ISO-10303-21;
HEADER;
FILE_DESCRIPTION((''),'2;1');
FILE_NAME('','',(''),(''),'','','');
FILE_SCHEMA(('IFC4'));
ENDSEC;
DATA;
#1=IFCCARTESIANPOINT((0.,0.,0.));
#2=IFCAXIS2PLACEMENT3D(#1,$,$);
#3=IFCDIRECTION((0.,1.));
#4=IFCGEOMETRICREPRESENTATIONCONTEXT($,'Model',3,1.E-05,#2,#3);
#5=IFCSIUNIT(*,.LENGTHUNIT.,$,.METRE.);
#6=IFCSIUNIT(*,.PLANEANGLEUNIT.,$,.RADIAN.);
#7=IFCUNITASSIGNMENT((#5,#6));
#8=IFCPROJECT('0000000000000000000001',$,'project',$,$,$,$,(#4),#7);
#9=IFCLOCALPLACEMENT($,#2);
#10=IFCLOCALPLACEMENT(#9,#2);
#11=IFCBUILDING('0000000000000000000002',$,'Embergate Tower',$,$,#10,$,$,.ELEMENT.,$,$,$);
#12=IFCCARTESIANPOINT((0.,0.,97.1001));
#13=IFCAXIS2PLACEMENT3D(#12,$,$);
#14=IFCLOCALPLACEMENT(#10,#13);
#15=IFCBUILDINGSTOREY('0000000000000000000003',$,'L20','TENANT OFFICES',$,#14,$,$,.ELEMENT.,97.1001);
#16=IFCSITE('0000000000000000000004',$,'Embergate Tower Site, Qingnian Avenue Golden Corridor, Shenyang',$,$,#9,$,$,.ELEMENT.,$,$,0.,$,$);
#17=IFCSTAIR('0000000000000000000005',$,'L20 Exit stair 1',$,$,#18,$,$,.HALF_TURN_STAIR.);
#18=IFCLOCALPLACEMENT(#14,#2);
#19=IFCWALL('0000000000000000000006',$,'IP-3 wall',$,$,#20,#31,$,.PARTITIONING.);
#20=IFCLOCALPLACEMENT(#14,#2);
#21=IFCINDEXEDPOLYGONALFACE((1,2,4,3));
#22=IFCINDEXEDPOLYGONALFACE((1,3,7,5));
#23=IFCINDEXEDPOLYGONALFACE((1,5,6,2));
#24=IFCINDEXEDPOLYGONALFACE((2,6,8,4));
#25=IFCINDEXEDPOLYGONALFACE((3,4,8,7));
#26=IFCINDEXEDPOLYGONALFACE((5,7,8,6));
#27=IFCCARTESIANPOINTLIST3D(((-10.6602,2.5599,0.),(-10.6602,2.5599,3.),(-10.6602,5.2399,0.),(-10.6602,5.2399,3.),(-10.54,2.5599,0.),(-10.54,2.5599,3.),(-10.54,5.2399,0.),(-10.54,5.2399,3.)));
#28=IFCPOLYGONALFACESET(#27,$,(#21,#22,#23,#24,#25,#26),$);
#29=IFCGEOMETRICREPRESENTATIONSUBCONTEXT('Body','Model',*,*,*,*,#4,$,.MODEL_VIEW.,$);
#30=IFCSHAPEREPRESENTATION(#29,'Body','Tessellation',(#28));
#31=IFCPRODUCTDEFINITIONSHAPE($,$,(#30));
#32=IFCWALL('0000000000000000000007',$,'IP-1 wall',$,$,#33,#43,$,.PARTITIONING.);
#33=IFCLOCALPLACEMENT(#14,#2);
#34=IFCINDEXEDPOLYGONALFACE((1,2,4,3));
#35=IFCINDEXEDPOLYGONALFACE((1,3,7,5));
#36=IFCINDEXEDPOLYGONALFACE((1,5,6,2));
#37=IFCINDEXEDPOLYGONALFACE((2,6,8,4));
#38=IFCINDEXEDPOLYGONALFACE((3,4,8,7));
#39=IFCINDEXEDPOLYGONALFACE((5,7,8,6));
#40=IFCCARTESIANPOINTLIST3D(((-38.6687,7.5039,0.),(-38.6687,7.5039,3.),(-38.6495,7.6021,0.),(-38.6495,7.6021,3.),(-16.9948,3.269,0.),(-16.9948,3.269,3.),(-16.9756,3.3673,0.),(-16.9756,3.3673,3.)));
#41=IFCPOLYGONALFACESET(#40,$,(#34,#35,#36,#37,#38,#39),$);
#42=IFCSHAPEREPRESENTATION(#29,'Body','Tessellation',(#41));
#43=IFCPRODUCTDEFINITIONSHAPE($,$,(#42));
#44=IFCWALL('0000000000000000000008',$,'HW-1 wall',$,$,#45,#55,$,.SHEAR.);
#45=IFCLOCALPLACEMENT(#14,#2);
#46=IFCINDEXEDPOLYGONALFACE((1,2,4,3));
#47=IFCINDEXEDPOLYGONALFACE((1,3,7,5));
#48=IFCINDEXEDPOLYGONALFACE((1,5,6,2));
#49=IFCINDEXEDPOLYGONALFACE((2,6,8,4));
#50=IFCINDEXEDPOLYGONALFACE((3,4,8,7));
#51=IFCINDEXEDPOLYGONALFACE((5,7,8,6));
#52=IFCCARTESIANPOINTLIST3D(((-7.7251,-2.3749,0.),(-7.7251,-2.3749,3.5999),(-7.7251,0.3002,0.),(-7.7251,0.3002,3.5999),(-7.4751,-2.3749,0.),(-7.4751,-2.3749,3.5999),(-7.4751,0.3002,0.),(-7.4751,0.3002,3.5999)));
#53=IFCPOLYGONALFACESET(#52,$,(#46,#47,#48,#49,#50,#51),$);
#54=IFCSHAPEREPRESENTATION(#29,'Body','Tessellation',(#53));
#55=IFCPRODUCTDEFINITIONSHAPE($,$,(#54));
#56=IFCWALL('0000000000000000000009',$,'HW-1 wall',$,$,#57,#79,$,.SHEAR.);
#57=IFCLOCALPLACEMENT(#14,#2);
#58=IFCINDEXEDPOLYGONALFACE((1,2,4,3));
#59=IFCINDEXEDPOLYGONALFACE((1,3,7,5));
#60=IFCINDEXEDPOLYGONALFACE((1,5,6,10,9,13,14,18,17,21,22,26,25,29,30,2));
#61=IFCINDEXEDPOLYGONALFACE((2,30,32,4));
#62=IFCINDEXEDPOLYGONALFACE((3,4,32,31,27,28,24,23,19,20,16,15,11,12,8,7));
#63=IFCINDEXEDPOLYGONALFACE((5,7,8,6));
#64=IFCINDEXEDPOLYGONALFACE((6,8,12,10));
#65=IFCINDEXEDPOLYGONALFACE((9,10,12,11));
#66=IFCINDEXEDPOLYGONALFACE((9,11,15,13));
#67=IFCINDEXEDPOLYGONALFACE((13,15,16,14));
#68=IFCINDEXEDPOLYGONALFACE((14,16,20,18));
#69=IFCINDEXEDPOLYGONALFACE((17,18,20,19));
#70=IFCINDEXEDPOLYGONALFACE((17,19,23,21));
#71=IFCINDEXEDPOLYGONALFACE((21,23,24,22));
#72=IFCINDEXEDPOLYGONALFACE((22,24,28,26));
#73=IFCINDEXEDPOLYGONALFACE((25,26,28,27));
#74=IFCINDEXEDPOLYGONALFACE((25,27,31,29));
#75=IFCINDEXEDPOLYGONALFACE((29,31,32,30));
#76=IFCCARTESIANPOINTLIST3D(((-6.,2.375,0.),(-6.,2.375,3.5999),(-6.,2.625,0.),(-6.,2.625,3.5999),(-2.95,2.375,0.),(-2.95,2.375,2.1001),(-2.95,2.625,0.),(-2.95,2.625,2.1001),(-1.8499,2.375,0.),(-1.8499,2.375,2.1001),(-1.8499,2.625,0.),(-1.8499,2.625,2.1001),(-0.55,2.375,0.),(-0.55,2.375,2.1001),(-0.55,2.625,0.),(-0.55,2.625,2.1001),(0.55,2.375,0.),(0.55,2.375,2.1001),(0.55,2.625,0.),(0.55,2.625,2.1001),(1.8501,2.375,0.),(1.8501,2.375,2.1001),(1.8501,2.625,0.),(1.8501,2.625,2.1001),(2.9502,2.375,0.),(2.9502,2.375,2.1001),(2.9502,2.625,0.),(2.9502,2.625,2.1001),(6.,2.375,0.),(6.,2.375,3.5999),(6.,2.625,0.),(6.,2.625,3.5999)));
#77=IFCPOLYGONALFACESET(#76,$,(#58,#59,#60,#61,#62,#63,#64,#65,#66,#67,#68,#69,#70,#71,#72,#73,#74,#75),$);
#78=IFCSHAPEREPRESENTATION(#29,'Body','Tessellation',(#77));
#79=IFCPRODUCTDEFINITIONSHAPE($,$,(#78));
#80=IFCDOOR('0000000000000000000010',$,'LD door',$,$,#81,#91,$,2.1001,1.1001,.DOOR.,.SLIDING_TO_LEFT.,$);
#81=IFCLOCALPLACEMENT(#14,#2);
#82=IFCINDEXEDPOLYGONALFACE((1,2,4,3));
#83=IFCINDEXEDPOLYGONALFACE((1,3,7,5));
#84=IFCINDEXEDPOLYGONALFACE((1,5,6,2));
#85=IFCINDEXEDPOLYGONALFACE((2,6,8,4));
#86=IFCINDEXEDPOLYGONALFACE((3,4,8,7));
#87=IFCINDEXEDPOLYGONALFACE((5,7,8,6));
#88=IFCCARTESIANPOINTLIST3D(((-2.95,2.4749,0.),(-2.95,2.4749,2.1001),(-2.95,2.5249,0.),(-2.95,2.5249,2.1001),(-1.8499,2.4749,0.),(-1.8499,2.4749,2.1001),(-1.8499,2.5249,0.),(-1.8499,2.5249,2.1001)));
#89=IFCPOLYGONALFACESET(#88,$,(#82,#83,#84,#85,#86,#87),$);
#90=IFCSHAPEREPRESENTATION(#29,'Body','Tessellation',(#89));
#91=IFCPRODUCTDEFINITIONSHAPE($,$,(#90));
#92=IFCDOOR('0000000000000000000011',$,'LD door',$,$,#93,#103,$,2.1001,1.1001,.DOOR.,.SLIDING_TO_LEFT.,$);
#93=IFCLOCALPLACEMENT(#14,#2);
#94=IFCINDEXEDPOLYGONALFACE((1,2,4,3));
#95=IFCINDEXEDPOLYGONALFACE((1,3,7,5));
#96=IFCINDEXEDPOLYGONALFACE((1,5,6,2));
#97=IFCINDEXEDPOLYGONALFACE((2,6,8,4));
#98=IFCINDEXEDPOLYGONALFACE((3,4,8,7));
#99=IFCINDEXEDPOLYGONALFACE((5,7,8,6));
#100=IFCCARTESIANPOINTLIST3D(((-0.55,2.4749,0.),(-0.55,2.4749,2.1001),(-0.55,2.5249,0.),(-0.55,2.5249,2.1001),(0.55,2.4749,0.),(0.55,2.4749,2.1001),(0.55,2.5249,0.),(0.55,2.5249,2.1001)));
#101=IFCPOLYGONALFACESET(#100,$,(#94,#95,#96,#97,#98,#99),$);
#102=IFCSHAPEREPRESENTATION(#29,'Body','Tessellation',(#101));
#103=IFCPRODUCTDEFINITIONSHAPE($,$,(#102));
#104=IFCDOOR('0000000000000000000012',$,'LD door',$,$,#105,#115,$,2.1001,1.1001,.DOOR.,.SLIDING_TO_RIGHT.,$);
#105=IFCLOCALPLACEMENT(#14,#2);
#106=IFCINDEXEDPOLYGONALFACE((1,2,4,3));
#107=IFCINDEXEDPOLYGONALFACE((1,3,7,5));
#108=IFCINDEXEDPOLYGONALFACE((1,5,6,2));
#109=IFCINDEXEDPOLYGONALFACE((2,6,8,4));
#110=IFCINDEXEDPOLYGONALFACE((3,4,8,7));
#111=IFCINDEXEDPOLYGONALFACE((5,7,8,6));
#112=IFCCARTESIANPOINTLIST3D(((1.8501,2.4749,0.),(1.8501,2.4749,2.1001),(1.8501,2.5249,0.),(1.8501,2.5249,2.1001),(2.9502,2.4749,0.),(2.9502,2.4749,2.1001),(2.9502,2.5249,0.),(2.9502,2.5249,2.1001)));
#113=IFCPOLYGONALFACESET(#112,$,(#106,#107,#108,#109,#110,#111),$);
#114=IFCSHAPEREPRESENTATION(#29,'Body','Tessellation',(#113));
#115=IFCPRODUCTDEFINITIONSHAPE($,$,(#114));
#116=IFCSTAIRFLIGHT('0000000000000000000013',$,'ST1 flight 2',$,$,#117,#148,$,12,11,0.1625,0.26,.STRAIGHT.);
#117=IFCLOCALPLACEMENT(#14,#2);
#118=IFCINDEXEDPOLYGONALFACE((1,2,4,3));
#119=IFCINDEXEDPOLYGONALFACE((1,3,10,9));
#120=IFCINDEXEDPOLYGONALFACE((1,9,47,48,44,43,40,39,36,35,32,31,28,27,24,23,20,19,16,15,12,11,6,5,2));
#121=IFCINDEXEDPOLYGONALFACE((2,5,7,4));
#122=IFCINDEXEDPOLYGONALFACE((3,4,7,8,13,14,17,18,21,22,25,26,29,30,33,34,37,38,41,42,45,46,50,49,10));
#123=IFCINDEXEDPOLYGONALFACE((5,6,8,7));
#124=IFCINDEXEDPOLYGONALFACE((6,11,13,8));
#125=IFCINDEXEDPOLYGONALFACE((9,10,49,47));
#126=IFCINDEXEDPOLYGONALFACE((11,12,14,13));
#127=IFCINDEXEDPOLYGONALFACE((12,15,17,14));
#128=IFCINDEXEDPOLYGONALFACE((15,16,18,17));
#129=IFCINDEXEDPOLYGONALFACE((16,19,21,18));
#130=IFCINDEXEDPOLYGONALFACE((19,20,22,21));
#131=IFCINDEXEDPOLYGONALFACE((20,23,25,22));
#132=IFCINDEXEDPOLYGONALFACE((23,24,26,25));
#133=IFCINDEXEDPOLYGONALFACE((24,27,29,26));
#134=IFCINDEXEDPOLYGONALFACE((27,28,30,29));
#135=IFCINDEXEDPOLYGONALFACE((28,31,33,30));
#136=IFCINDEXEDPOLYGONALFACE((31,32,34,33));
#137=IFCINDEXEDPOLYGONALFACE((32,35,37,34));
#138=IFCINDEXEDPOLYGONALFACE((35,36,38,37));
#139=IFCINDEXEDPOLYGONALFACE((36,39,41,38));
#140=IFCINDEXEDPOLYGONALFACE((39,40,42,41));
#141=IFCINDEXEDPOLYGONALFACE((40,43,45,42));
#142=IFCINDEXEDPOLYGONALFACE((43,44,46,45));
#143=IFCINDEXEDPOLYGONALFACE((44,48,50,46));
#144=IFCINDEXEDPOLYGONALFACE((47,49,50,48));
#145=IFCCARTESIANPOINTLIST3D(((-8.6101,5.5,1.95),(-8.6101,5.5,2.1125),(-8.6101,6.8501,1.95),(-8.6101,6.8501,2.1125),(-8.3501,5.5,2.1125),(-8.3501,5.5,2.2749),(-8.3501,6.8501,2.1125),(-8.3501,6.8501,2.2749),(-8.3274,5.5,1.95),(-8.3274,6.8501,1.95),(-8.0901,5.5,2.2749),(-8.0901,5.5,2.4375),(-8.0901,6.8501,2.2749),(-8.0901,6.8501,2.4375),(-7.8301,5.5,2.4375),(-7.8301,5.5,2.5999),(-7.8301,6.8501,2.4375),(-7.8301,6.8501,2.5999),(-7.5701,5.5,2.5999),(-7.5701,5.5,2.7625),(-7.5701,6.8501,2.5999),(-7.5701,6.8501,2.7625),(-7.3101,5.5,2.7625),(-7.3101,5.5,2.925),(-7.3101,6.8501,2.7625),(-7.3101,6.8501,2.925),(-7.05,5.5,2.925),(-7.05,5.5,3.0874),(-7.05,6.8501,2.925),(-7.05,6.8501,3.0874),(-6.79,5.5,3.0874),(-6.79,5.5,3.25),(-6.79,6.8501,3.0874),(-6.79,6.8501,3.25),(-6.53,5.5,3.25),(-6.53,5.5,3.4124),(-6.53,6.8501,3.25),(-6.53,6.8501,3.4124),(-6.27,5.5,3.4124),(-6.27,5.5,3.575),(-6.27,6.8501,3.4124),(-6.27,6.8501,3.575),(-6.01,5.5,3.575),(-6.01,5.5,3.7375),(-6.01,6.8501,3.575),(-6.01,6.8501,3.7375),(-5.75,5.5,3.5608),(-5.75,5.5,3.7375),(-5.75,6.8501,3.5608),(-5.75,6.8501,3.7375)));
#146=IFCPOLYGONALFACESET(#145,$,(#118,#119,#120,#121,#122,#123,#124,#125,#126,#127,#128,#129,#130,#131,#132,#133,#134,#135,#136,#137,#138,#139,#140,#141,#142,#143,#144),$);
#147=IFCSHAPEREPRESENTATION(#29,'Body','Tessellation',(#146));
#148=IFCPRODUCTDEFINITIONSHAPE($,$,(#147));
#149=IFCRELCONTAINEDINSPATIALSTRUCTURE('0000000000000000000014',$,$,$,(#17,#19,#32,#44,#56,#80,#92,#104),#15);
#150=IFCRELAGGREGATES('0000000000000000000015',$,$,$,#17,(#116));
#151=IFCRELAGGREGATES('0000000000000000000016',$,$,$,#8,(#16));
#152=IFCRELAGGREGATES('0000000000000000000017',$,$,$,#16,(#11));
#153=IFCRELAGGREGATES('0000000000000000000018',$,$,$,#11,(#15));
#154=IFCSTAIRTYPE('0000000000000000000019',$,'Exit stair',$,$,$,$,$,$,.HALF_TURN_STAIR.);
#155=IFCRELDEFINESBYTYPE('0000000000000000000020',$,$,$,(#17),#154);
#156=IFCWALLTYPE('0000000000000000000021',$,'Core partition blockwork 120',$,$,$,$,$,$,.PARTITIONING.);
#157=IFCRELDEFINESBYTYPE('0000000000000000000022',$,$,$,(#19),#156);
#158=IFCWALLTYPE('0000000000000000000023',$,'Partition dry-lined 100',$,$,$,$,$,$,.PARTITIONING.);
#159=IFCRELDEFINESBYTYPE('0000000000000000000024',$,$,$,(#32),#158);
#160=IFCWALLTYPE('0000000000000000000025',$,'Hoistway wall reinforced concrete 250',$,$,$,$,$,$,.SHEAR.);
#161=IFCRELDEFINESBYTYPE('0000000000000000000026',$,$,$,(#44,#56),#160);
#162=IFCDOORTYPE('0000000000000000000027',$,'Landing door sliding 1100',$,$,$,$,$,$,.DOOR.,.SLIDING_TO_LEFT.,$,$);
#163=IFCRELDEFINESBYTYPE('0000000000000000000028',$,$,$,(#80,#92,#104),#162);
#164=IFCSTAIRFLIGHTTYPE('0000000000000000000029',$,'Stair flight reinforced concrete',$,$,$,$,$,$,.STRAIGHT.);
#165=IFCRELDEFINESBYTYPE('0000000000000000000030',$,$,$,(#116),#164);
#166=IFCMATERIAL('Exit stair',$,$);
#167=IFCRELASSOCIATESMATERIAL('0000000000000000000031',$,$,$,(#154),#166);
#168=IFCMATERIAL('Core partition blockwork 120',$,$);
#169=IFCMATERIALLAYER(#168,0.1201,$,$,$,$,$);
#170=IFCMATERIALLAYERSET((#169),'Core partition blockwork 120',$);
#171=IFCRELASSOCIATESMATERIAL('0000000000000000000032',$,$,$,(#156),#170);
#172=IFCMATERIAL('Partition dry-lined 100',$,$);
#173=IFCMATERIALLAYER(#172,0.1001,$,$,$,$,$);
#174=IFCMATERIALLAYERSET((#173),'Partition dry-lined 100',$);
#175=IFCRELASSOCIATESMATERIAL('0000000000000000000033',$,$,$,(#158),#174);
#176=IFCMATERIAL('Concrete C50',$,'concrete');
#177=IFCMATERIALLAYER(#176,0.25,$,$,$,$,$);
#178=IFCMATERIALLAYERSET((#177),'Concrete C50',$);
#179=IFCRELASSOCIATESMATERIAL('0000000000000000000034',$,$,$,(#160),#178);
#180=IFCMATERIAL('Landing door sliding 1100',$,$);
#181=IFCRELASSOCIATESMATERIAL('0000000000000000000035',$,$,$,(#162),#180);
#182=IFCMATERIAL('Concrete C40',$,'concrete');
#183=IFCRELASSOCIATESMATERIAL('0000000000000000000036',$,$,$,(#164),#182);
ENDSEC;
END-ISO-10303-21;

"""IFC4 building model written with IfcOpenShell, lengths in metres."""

from ifc_helpers import new_model, si_unit, direction, frame, frame_2d, origin, place, context, subcontext, project, spatial, polyline, rectangle, outline, extrude, source, transform, mapped, material, layer, layer_set, type_object, element, fill, aggregate, save


model = new_model("IFC4")

# Units and contexts
model_context = context("Model", 3, precision=1e-05, world=origin(), true_north=direction((0.0, 1.0)))
body_context = subcontext(model_context, "Body", "Model", "MODEL_VIEW")
ifc_project = project(units=[si_unit("LENGTHUNIT", "METRE"), si_unit("PLANEANGLEUNIT", "RADIAN")], contexts=[model_context])

# Site, building, storey
site_placement = place(None, origin())
site = spatial("IfcSite", under=ifc_project, at=site_placement, Name="Embergate Tower Site, Qingnian Avenue Golden Corridor, Shenyang", CompositionType="ELEMENT", RefElevation=0.0)
building_placement = place(site_placement, origin())
building = spatial("IfcBuilding", under=site, at=building_placement, Name="Embergate Tower", CompositionType="ELEMENT")
storey_placement = place(building_placement, frame((0.0, 0.0, 97.1001)))
storey = spatial("IfcBuildingStorey", under=building, at=storey_placement, Name="L20", Description="TENANT OFFICES", CompositionType="ELEMENT", Elevation=97.1001)

# Stair
ifc_material_1 = material(Name="Exit stair")
stair_type = type_object("IfcStairType", Name="Exit stair", PredefinedType="HALF_TURN_STAIR", material=ifc_material_1)
stair_placement = place(storey_placement, origin())
stair = element("IfcStair", 1, at=stair_placement, inside=storey, type_object=stair_type, Name="L20 Exit stair 1", PredefinedType="HALF_TURN_STAIR")
ifc_material_2 = material(Name="Concrete C40", Category="concrete")

# Shared definitions
ifc_material_3 = material(Name="Core partition blockwork 120")
ifc_layer_1 = layer(ifc_material_3, 0.1201)
ifc_layer_set_1 = layer_set([ifc_layer_1], Name="Core partition blockwork 120")
wall_type_1 = type_object("IfcWallType", Name="Core partition blockwork 120", PredefinedType="PARTITIONING", material=ifc_layer_set_1)

# Walls
shared_shape_1 = source(origin(), body_context, "Body", "SweptSolid", [
    extrude(rectangle(XDim=2.6799, YDim=0.1201, at=frame_2d((1.3398, 0.0))), origin(), (0.0, 0.0, 1.0), 3.0),
])
wall_1_placement = place(storey_placement, frame((-10.6001, 2.5601, 0.0), z_axis=(0.0, 0.0, 1.0), x_axis=(0.0, 1.0, 0.0)))
element("IfcWall", 2, at=wall_1_placement, inside=storey, type_object=wall_type_1, Name="IP-3 wall", PredefinedType="PARTITIONING", context=body_context, shape_type="MappedRepresentation", body=[
    mapped(shared_shape_1, transform((0.0, 0.0, 0.0))),
])
ifc_material_4 = material(Name="Partition dry-lined 100")
ifc_layer_2 = layer(ifc_material_4, 0.1001)
ifc_layer_set_2 = layer_set([ifc_layer_2], Name="Partition dry-lined 100")
wall_type_2 = type_object("IfcWallType", Name="Partition dry-lined 100", PredefinedType="PARTITIONING", material=ifc_layer_set_2)
shared_shape_2 = source(origin(), body_context, "Body", "SweptSolid", [
    extrude(rectangle(XDim=22.0837, YDim=0.1001, at=frame_2d((11.042, 0.0))), origin(), (0.0, 0.0, 1.0), 3.0),
])
wall_2_placement = place(storey_placement, frame((-16.9851, 3.3181, 0.0), z_axis=(0.0, 0.0, 1.0), x_axis=(-0.981441, 0.191764, 0.0)))
element("IfcWall", 3, at=wall_2_placement, inside=storey, type_object=wall_type_2, Name="IP-1 wall", PredefinedType="PARTITIONING", context=body_context, shape_type="MappedRepresentation", body=[
    mapped(shared_shape_2, transform((0.0, 0.0, 0.0))),
])
ifc_material_5 = material(Name="Concrete C50", Category="concrete")
ifc_layer_3 = layer(ifc_material_5, 0.25)
ifc_layer_set_3 = layer_set([ifc_layer_3], Name="Concrete C50")
wall_type_3 = type_object("IfcWallType", Name="Hoistway wall reinforced concrete 250", PredefinedType="SHEAR", material=ifc_layer_set_3)
shared_shape_3 = source(origin(), body_context, "Body", "SweptSolid", [
    extrude(rectangle(XDim=2.675, YDim=0.25, at=frame_2d((1.3374, 0.0))), origin(), (0.0, 0.0, 1.0), 3.5999),
])
wall_3_placement = place(storey_placement, frame((-7.6001, 0.3, 0.0), z_axis=(0.0, 0.0, 1.0), x_axis=(0.0, -1.0, 0.0)))
element("IfcWall", 4, at=wall_3_placement, inside=storey, type_object=wall_type_3, Name="HW-1 wall", PredefinedType="SHEAR", context=body_context, shape_type="MappedRepresentation", body=[
    mapped(shared_shape_3, transform((0.0, 0.0, 0.0))),
])

# Wall, openings, doors
shared_shape_4 = source(origin(), body_context, "Body", "SweptSolid", [
    extrude(rectangle(XDim=12.0, YDim=0.25, at=frame_2d((6.0, 0.0))), origin(), (0.0, 0.0, 1.0), 3.5999),
])
wall_4_placement = place(storey_placement, frame((-6.0, 2.5, 0.0), z_axis=(0.0, 0.0, 1.0), x_axis=(1.0, 0.0, 0.0)))
wall_4 = element("IfcWall", 5, at=wall_4_placement, inside=storey, type_object=wall_type_3, Name="HW-1 wall", PredefinedType="SHEAR", context=body_context, shape_type="MappedRepresentation", body=[
    mapped(shared_shape_4, transform((0.0, 0.0, 0.0))),
])
shared_shape_5 = source(origin(), body_context, "Body", "SweptSolid", [
    extrude(rectangle(XDim=1.1001, YDim=2.1001, at=frame_2d((0.55, 1.05))), frame((0.0, 0.135, 0.0), z_axis=(0.0, -1.0, 0.0), x_axis=(1.0, 0.0, 0.0)), (0.0, 0.0, 1.0), 0.27),
])
opening_1_placement = place(wall_4_placement, frame((3.05, 0.0, 0.0)))
opening_1 = element("IfcOpeningElement", 6, at=opening_1_placement, cuts=wall_4, PredefinedType="OPENING", context=body_context, shape_type="MappedRepresentation", body=[
    mapped(shared_shape_5, transform((0.0, 0.0, 0.0))),
])
opening_2_placement = place(wall_4_placement, frame((5.45, 0.0, 0.0)))
opening_2 = element("IfcOpeningElement", 7, at=opening_2_placement, cuts=wall_4, PredefinedType="OPENING", context=body_context, shape_type="MappedRepresentation", body=[
    mapped(shared_shape_5, transform((0.0, 0.0, 0.0))),
])
opening_3_placement = place(wall_4_placement, frame((7.8501, 0.0, 0.0)))
opening_3 = element("IfcOpeningElement", 8, at=opening_3_placement, cuts=wall_4, PredefinedType="OPENING", context=body_context, shape_type="MappedRepresentation", body=[
    mapped(shared_shape_5, transform((0.0, 0.0, 0.0))),
])
ifc_material_6 = material(Name="Landing door sliding 1100")
door_type_1 = type_object("IfcDoorType", Name="Landing door sliding 1100", OperationType="SLIDING_TO_LEFT", PredefinedType="DOOR", material=ifc_material_6)
shared_shape_6 = source(origin(), body_context, "Body", "SweptSolid", [
    extrude(rectangle(XDim=1.1001, YDim=2.1001, at=frame_2d((0.55, 1.05))), frame((0.0, 0.0249, 0.0), z_axis=(0.0, -1.0, 0.0), x_axis=(1.0, 0.0, 0.0)), (0.0, 0.0, 1.0), 0.05),
])
door_1_placement = place(opening_1_placement, origin())
door_1 = element("IfcDoor", 9, at=door_1_placement, inside=storey, type_object=door_type_1, Name="LD door", OperationType="SLIDING_TO_LEFT", OverallHeight=2.1001, OverallWidth=1.1001, PredefinedType="DOOR", context=body_context, shape_type="MappedRepresentation", body=[
    mapped(shared_shape_6, transform((0.0, 0.0, 0.0))),
])
fill(opening_1, door_1)
door_2_placement = place(opening_2_placement, origin())
door_2 = element("IfcDoor", 10, at=door_2_placement, inside=storey, type_object=door_type_1, Name="LD door", OperationType="SLIDING_TO_LEFT", OverallHeight=2.1001, OverallWidth=1.1001, PredefinedType="DOOR", context=body_context, shape_type="MappedRepresentation", body=[
    mapped(shared_shape_6, transform((0.0, 0.0, 0.0))),
])
fill(opening_2, door_2)
door_3_placement = place(opening_3_placement, origin())
door_3 = element("IfcDoor", 11, at=door_3_placement, inside=storey, type_object=door_type_1, Name="LD door", OperationType="SLIDING_TO_RIGHT", OverallHeight=2.1001, OverallWidth=1.1001, PredefinedType="DOOR", context=body_context, shape_type="MappedRepresentation", body=[
    mapped(shared_shape_6, transform((0.0, 0.0, 0.0))),
])
fill(opening_3, door_3)

# Stair flight
stair_flight_type = type_object("IfcStairFlightType", Name="Stair flight reinforced concrete", PredefinedType="STRAIGHT", material=ifc_material_2)
shared_shape_7 = source(origin(), body_context, "Body", "SweptSolid", [
    extrude(outline(polyline([(0.0, 0.0), (0.0, 0.1626), (0.26, 0.1626), (0.26, 0.325), (0.52, 0.325), (0.52, 0.4875), (0.78, 0.4875), (0.78, 0.6499), (1.04, 0.6499), (1.04, 0.8125), (1.3, 0.8125), (1.3, 0.9751), (1.5601, 0.9751), (1.5601, 1.1375), (1.8201, 1.1375), (1.8201, 1.3), (2.0801, 1.3), (2.0801, 1.4624), (2.3401, 1.4624), (2.3401, 1.625), (2.6001, 1.625), (2.6001, 1.7876), (2.8601, 1.7876), (2.8601, 1.95), (2.8601, 1.6108), (0.2827, 0.0), (0.0, 0.0)])), frame((0.0, 0.675, 0.0), z_axis=(0.0, -1.0, 0.0), x_axis=(1.0, 0.0, 0.0)), (0.0, 0.0, 1.0), 1.3501),
])
stair_flight_placement = place(storey_placement, frame((-8.6101, 6.175, 1.95), z_axis=(0.0, 0.0, 1.0), x_axis=(1.0, 0.0, 0.0)))
stair_flight = element("IfcStairFlight", 12, at=stair_flight_placement, type_object=stair_flight_type, Name="ST1 flight 2", NumberOfRisers=12, NumberOfTreads=11, PredefinedType="STRAIGHT", RiserHeight=0.1625, TreadLength=0.26, context=body_context, shape_type="MappedRepresentation", body=[
    mapped(shared_shape_7, transform((0.0, 0.0, 0.0))),
])
aggregate(stair, [stair_flight])

save(model, "model.ifc")
